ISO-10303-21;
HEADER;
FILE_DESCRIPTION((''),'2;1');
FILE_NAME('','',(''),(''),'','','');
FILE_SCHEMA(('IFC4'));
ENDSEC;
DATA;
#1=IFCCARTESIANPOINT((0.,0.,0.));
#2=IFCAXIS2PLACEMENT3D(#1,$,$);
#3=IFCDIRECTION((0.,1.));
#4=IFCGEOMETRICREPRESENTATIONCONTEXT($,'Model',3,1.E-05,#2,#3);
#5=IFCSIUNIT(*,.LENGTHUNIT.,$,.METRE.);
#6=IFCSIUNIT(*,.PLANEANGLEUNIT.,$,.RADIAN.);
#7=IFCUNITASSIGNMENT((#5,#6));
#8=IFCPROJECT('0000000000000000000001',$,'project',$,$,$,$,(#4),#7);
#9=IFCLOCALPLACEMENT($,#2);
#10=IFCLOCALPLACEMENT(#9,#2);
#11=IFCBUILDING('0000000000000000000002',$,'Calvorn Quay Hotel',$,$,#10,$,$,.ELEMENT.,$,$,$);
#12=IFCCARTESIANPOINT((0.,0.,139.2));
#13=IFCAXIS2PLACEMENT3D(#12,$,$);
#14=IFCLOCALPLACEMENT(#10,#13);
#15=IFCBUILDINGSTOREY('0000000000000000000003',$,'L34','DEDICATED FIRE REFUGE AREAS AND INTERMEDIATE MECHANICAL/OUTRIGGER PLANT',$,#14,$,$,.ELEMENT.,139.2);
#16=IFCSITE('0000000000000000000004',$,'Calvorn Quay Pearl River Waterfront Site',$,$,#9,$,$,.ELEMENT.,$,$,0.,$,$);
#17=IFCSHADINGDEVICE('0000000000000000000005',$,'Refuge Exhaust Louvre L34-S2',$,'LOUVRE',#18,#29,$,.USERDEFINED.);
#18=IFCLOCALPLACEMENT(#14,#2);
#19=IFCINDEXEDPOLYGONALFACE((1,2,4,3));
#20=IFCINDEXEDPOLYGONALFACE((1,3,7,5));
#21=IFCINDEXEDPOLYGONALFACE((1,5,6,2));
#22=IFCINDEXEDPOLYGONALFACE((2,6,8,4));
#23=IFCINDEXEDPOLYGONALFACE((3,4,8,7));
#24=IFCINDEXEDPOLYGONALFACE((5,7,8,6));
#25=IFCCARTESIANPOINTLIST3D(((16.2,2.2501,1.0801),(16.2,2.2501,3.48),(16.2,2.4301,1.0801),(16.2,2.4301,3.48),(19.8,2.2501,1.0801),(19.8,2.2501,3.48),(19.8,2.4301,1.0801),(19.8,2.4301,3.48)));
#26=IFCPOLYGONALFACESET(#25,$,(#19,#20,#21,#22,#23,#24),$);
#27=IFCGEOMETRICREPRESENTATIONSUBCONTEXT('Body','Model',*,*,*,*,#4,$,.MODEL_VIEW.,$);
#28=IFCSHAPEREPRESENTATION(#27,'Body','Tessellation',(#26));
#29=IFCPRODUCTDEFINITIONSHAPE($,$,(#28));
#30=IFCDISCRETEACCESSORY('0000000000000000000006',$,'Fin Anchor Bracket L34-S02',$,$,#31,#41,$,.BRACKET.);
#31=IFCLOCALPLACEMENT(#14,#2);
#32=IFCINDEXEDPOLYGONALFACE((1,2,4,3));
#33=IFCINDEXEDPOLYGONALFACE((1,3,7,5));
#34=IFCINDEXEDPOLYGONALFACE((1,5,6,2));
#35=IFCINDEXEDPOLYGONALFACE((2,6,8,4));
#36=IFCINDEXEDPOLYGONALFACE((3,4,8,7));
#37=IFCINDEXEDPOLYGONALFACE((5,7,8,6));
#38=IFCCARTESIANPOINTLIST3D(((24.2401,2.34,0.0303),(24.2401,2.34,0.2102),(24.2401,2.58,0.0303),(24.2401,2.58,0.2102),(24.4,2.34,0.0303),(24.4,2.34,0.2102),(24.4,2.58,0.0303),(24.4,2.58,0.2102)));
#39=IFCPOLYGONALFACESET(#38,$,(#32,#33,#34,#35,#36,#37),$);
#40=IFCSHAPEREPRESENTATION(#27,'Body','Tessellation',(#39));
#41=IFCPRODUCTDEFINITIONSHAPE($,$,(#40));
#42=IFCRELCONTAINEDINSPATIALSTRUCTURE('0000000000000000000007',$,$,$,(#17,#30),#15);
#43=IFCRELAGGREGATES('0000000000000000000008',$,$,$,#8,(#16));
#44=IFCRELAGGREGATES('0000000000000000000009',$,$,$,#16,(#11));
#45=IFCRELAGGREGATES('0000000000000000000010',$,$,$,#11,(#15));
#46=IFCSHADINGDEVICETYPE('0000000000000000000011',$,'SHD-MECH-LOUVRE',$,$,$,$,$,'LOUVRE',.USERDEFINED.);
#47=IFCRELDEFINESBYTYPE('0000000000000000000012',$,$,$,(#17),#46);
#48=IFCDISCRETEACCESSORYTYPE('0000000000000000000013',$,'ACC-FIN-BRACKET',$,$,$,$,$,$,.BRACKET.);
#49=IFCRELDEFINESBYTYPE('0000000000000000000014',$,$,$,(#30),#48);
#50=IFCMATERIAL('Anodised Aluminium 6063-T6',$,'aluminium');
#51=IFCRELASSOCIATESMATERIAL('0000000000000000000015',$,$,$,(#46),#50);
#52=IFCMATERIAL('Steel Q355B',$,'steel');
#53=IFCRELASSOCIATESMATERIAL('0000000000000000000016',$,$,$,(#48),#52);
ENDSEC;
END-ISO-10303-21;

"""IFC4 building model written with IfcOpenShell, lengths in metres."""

from ifc_helpers import new_model, si_unit, direction, frame, origin, origin_2d, place, context, subcontext, project, spatial, rectangle, extrude, material, type_object, element, save


model = new_model("IFC4")

# Units and contexts
model_context = context("Model", 3, precision=1e-05, world=origin(), true_north=direction((0.0, 1.0)))
body_context = subcontext(model_context, "Body", "Model", "MODEL_VIEW")
ifc_project = project(units=[si_unit("LENGTHUNIT", "METRE"), si_unit("PLANEANGLEUNIT", "RADIAN")], contexts=[model_context])

# Site, building, storey
site_placement = place(None, origin())
site = spatial("IfcSite", under=ifc_project, at=site_placement, Name="Calvorn Quay Pearl River Waterfront Site", CompositionType="ELEMENT", RefElevation=0.0)
building_placement = place(site_placement, origin())
building = spatial("IfcBuilding", under=site, at=building_placement, Name="Calvorn Quay Hotel", CompositionType="ELEMENT")
storey_placement = place(building_placement, frame((0.0, 0.0, 139.2)))
storey = spatial("IfcBuildingStorey", under=building, at=storey_placement, Name="L34", Description="DEDICATED FIRE REFUGE AREAS AND INTERMEDIATE MECHANICAL/OUTRIGGER PLANT", CompositionType="ELEMENT", Elevation=139.2)

# Shading device
ifc_material_1 = material(Name="Anodised Aluminium 6063-T6", Category="aluminium")
shading_device_type_1 = type_object("IfcShadingDeviceType", Name="SHD-MECH-LOUVRE", ElementType="LOUVRE", PredefinedType="USERDEFINED", material=ifc_material_1)
shading_device_1_placement = place(storey_placement, frame((18.0, 2.3401, 1.0801), z_axis=(0.0, 0.0, 1.0), x_axis=(1.0, 0.0, 0.0)))
element("IfcShadingDevice", 1, at=shading_device_1_placement, inside=storey, type_object=shading_device_type_1, Name="Refuge Exhaust Louvre L34-S2", ObjectType="LOUVRE", PredefinedType="USERDEFINED", context=body_context, shape_type="SweptSolid", body=[
    extrude(rectangle(XDim=3.6001, YDim=0.1799, at=origin_2d()), origin(), (0.0, 0.0, 1.0), 2.3999),
])

# Discrete accessory
ifc_material_2 = material(Name="Steel Q355B", Category="steel")
discrete_accessory_type = type_object("IfcDiscreteAccessoryType", Name="ACC-FIN-BRACKET", PredefinedType="BRACKET", material=ifc_material_2)
discrete_accessory_placement = place(storey_placement, frame((24.3201, 2.46, 0.0303), z_axis=(0.0, 0.0, 1.0), x_axis=(0.0, 1.0, 0.0)))
element("IfcDiscreteAccessory", 2, at=discrete_accessory_placement, inside=storey, type_object=discrete_accessory_type, Name="Fin Anchor Bracket L34-S02", PredefinedType="BRACKET", context=body_context, shape_type="SweptSolid", body=[
    extrude(rectangle(XDim=0.24, YDim=0.1599, at=origin_2d()), origin(), (0.0, 0.0, 1.0), 0.1799),
])

save(model, "model.ifc")
